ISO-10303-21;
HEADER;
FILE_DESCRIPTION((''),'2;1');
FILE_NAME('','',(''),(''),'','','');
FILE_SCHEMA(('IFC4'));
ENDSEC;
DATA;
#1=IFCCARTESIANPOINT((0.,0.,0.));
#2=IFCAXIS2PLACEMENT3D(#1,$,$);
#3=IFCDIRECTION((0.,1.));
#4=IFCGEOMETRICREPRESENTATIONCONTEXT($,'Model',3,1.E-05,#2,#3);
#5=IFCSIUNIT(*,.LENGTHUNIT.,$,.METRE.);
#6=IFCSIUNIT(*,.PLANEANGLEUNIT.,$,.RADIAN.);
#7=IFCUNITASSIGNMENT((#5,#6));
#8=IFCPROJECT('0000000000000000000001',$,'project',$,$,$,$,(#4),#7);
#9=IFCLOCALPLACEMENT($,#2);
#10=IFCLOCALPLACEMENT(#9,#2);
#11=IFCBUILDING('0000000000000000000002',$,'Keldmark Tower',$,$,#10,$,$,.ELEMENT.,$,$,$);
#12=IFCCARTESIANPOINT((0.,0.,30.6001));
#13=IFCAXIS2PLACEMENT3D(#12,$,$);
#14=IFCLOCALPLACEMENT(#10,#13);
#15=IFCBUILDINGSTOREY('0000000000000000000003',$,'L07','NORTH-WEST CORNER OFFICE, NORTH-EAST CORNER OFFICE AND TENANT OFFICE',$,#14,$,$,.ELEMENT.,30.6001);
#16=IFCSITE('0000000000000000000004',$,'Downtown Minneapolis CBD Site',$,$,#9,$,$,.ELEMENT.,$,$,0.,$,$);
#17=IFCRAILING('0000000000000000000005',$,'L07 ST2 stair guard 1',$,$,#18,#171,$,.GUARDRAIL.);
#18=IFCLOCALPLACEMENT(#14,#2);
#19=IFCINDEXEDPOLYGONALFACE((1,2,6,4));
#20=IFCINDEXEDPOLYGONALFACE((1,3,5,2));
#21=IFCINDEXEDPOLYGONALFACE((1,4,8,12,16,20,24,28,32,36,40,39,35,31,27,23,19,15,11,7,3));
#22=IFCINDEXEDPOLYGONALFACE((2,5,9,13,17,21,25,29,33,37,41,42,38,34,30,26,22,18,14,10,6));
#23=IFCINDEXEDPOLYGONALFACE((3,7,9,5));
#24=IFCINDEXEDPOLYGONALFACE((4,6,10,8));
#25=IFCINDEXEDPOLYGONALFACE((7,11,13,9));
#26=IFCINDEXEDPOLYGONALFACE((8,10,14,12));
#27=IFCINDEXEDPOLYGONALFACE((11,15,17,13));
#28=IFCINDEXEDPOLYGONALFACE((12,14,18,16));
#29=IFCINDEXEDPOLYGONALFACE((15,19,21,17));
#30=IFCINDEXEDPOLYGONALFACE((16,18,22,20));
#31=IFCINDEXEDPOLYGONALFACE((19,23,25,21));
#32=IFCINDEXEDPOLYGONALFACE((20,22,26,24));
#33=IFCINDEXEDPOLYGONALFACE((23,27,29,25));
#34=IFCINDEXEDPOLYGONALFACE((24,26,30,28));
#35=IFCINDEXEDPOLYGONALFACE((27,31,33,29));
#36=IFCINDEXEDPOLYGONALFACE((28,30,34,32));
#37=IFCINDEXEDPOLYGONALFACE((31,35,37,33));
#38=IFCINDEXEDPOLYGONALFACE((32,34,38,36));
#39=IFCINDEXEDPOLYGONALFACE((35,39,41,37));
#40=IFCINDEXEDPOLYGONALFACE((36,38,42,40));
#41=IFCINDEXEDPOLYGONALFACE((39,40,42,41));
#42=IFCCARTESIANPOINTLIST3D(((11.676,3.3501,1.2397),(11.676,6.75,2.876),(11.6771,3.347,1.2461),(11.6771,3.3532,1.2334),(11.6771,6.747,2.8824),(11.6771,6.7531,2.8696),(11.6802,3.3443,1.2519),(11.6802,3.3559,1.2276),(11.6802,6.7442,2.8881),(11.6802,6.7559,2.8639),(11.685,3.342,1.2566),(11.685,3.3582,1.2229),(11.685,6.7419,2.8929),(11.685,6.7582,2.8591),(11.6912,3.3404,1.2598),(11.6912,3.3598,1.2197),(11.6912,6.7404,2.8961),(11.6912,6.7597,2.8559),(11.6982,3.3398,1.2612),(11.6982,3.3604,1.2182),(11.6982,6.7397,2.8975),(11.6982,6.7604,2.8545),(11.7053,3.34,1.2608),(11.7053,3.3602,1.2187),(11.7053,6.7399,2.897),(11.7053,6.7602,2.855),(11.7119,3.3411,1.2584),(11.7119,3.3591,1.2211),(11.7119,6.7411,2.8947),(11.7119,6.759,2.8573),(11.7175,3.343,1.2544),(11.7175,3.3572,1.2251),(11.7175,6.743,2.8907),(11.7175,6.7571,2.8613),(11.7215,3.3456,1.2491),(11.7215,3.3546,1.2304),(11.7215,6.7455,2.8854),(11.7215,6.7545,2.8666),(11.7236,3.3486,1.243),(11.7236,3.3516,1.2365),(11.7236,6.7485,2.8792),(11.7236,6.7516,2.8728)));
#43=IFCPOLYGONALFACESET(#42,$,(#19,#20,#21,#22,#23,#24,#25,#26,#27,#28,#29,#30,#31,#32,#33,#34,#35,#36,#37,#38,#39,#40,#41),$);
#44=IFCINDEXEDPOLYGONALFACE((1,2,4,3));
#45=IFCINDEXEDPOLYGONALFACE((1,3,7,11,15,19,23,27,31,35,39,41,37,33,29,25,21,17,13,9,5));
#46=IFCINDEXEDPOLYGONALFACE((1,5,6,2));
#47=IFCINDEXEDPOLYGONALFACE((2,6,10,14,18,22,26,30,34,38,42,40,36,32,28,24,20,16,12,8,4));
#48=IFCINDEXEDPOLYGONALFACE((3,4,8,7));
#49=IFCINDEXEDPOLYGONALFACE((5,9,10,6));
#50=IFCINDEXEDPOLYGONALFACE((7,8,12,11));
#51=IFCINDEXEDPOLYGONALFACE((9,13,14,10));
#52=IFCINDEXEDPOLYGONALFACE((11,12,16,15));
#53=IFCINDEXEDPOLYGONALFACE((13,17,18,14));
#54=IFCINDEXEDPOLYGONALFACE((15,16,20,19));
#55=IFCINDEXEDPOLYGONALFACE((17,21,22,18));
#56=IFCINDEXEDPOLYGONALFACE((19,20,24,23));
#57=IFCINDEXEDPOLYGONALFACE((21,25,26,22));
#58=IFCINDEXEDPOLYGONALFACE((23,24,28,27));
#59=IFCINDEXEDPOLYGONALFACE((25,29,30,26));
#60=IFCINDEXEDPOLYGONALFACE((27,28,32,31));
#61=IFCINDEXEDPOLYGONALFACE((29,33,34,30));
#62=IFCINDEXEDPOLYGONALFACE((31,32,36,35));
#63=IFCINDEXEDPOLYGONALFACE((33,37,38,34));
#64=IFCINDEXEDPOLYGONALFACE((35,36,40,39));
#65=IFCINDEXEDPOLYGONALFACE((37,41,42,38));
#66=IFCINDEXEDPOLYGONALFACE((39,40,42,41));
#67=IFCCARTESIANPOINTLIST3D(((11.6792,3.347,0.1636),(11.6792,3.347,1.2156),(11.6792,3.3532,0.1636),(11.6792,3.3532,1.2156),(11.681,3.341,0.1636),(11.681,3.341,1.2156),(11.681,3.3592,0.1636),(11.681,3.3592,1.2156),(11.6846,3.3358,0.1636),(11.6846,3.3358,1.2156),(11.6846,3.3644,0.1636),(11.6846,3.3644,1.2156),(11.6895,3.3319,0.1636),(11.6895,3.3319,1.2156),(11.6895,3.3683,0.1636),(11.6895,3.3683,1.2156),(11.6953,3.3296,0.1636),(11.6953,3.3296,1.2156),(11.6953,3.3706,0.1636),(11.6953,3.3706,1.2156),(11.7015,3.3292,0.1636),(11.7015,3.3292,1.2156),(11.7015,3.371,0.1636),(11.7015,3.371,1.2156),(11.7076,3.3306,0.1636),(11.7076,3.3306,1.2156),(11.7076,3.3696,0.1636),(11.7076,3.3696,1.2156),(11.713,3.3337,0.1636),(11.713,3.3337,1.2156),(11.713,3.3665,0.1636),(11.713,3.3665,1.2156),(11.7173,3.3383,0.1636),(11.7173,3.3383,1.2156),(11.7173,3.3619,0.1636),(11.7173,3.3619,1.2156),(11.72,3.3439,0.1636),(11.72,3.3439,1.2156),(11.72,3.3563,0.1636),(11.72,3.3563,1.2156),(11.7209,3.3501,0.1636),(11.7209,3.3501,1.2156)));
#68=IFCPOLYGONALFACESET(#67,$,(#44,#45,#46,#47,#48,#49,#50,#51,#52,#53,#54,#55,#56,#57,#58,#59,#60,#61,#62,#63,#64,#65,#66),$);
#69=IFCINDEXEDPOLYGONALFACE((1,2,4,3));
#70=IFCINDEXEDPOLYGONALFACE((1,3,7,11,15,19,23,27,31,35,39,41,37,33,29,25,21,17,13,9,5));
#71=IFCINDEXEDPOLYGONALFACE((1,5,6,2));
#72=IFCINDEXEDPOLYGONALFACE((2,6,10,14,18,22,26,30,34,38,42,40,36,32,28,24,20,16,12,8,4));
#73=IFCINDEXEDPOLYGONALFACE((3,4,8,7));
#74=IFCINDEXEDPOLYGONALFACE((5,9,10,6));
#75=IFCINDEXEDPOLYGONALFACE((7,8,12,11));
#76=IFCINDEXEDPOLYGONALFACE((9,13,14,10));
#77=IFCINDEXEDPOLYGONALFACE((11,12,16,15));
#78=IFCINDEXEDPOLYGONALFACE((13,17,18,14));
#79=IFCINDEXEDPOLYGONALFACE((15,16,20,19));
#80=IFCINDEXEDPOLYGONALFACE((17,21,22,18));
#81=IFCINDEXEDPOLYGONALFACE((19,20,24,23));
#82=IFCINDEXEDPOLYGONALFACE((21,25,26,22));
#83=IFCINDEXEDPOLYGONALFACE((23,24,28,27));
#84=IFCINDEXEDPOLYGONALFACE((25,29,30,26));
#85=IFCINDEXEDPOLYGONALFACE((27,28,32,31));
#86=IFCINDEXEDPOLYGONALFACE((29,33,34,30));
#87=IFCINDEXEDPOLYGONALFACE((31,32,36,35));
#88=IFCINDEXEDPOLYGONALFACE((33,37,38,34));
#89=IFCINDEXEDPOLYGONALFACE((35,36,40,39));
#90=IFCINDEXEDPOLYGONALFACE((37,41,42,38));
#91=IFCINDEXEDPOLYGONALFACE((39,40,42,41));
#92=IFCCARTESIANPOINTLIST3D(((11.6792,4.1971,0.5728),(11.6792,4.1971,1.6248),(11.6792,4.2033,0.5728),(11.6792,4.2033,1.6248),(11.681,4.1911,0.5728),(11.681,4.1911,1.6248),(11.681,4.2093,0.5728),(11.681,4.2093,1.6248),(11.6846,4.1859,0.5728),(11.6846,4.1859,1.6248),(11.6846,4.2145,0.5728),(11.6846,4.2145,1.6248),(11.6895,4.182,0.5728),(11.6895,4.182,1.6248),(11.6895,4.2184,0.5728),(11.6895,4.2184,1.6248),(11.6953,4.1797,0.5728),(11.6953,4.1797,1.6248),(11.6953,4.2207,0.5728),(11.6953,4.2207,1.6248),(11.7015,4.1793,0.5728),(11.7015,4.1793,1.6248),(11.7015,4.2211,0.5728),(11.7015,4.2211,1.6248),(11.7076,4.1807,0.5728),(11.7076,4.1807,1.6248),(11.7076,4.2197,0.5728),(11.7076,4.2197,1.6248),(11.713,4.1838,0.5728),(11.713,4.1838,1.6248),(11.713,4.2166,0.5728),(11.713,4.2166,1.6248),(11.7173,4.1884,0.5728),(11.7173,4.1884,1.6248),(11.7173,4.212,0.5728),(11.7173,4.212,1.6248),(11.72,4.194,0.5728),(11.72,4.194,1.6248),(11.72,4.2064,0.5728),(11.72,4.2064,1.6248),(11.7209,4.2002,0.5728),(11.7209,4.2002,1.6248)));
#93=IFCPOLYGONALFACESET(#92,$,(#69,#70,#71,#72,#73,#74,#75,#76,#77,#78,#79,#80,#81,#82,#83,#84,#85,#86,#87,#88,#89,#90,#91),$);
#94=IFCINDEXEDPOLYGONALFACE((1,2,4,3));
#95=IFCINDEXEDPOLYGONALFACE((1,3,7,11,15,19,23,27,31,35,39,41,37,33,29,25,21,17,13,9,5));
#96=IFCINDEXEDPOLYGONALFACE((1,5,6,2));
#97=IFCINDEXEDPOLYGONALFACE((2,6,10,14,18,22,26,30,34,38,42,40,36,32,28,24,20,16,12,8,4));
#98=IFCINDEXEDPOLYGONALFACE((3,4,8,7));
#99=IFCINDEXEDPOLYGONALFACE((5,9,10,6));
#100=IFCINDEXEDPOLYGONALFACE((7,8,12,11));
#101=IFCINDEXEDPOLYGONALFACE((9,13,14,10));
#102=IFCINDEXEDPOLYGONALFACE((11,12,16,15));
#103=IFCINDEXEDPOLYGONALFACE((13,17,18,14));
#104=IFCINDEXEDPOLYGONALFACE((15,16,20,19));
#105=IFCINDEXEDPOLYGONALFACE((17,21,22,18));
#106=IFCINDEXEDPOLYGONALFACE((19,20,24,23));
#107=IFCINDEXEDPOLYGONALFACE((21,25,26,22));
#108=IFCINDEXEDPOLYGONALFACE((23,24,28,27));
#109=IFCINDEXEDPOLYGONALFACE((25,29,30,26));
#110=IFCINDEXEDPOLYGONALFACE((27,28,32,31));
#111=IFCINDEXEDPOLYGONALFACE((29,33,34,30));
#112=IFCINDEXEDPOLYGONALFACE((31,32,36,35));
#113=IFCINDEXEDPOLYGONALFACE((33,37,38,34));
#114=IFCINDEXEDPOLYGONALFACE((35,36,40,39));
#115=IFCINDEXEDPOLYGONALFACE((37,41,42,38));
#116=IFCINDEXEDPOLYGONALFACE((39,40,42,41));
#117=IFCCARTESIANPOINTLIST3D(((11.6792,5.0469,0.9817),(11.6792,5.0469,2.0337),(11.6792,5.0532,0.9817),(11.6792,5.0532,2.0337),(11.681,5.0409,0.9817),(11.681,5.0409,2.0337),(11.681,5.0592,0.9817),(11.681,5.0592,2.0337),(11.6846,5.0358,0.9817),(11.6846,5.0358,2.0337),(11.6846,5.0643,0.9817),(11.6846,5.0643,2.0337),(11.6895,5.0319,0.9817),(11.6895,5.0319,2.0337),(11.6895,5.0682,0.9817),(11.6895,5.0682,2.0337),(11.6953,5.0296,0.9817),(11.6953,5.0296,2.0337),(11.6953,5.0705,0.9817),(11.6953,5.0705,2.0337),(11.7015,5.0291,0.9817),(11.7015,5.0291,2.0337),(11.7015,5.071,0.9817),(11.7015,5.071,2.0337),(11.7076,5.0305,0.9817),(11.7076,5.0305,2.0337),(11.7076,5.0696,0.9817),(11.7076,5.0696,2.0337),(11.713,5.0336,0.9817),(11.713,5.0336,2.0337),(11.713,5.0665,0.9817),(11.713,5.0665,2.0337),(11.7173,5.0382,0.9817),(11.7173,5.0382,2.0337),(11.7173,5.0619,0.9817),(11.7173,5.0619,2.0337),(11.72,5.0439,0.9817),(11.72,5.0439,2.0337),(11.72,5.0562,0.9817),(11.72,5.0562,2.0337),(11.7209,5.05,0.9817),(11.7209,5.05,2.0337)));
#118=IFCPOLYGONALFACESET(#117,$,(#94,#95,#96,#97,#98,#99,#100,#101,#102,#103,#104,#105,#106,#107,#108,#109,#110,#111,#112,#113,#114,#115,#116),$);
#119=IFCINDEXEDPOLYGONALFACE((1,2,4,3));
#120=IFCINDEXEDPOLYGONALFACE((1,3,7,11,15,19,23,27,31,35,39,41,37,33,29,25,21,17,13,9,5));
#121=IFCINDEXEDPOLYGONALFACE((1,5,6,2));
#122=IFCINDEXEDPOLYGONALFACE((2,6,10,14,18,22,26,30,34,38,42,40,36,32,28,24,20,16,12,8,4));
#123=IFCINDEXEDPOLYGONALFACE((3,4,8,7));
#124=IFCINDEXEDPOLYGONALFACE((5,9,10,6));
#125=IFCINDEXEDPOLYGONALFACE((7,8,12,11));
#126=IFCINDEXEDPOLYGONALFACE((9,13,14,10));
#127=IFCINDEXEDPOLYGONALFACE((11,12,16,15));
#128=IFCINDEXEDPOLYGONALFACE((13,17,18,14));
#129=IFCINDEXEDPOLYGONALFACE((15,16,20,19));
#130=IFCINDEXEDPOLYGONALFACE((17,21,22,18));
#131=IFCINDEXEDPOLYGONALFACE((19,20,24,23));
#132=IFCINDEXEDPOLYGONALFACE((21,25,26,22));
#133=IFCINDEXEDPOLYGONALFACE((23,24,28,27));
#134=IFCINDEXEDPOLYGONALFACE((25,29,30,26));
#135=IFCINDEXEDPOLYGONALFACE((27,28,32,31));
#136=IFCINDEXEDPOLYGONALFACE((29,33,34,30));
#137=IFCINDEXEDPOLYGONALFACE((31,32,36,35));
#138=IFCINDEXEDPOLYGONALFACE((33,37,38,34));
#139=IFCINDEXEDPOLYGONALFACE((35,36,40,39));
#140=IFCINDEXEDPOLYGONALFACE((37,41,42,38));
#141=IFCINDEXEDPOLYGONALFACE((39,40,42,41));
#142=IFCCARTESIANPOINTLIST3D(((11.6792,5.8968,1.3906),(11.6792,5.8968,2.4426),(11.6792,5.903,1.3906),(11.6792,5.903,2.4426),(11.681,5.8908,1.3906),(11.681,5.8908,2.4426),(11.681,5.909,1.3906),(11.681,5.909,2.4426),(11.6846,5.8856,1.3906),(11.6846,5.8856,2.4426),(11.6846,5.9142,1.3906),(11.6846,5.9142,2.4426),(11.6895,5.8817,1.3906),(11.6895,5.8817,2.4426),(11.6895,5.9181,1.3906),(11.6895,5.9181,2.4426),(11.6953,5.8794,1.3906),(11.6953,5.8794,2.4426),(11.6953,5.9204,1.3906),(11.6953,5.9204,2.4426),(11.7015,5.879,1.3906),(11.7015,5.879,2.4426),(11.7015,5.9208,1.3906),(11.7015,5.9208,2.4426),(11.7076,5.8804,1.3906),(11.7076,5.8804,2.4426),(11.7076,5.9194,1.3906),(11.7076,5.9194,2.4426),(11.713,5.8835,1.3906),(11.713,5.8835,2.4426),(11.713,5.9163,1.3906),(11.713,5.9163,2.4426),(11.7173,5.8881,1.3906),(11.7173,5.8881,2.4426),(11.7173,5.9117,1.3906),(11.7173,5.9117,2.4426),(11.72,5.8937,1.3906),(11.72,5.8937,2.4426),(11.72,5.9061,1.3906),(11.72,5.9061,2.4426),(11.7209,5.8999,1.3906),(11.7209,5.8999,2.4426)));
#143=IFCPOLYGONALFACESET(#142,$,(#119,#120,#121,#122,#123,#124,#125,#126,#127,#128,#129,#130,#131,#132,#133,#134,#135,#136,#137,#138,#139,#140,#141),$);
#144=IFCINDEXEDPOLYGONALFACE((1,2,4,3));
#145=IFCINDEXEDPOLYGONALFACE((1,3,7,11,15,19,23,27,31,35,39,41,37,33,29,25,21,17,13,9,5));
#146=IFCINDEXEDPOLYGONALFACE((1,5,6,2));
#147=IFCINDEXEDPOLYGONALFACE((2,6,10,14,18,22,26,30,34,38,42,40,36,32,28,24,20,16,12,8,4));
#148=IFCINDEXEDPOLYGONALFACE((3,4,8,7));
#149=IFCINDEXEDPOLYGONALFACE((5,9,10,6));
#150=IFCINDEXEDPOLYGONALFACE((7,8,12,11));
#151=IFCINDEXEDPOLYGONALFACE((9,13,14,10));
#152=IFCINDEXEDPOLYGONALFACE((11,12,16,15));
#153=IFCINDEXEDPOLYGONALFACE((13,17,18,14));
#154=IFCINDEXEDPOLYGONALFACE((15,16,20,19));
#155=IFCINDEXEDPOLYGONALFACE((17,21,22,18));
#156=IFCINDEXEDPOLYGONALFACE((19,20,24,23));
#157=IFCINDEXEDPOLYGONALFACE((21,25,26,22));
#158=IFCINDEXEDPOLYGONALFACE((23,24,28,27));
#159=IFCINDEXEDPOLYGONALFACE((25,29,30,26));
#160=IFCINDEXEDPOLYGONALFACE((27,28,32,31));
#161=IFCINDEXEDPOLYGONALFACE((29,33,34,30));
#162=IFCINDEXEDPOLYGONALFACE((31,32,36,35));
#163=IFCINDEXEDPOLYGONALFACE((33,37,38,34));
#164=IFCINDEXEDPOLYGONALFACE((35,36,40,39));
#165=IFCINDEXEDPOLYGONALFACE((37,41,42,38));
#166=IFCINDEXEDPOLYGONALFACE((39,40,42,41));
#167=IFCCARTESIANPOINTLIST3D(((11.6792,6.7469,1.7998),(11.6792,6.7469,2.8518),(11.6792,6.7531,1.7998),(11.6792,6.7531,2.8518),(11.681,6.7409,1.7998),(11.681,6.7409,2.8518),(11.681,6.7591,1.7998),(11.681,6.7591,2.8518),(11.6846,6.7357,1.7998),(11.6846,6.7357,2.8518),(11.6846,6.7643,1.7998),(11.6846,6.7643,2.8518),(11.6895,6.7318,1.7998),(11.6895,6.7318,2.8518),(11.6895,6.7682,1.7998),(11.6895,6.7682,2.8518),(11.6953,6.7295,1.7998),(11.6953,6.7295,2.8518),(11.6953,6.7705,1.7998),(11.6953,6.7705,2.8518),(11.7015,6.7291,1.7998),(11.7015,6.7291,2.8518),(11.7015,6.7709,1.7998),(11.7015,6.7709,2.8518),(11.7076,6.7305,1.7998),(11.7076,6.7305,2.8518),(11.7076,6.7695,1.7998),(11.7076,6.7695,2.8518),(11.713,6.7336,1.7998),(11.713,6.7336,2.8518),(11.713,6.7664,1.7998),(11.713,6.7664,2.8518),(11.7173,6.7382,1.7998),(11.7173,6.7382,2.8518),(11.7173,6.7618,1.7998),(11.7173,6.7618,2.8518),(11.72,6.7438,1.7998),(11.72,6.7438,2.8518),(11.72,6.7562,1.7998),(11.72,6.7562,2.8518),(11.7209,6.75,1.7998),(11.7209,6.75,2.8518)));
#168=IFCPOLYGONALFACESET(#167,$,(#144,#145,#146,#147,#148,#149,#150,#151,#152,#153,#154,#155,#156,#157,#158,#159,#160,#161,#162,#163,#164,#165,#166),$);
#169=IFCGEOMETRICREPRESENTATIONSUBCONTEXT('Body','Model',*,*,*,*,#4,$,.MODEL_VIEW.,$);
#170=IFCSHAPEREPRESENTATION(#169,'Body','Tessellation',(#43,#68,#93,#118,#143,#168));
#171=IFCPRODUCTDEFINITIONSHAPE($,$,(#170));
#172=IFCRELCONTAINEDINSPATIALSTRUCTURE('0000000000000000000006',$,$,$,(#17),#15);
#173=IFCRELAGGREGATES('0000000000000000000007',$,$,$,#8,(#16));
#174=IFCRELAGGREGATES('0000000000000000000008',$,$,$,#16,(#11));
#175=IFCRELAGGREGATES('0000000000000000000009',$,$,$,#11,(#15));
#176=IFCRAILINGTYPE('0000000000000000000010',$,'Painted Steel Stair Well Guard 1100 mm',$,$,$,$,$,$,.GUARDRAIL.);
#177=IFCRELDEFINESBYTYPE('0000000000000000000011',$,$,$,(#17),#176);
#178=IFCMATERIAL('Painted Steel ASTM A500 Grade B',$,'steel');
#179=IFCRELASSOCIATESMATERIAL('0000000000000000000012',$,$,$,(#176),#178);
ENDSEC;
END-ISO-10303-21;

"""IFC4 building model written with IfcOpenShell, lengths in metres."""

from ifc_helpers import new_model, si_unit, direction, frame, origin, origin_2d, place, context, subcontext, project, spatial, circle, extrude, material, type_object, element, save


model = new_model("IFC4")

# Units and contexts
model_context = context("Model", 3, precision=1e-05, world=origin(), true_north=direction((0.0, 1.0)))
body_context = subcontext(model_context, "Body", "Model", "MODEL_VIEW")
ifc_project = project(units=[si_unit("LENGTHUNIT", "METRE"), si_unit("PLANEANGLEUNIT", "RADIAN")], contexts=[model_context])

# Site, building, storey
site_placement = place(None, origin())
site = spatial("IfcSite", under=ifc_project, at=site_placement, Name="Downtown Minneapolis CBD Site", CompositionType="ELEMENT", RefElevation=0.0)
building_placement = place(site_placement, origin())
building = spatial("IfcBuilding", under=site, at=building_placement, Name="Keldmark Tower", CompositionType="ELEMENT")
storey_placement = place(building_placement, frame((0.0, 0.0, 30.6001)))
storey = spatial("IfcBuildingStorey", under=building, at=storey_placement, Name="L07", Description="NORTH-WEST CORNER OFFICE, NORTH-EAST CORNER OFFICE AND TENANT OFFICE", CompositionType="ELEMENT", Elevation=30.6001)

# Railing
ifc_material_1 = material(Name="Painted Steel ASTM A500 Grade B", Category="steel")
railing_type_1 = type_object("IfcRailingType", Name="Painted Steel Stair Well Guard 1100 mm", PredefinedType="GUARDRAIL", material=ifc_material_1)
railing_1_placement = place(storey_placement, frame((11.7, 3.3501, 0.1636)))
element("IfcRailing", 1, at=railing_1_placement, inside=storey, type_object=railing_type_1, Name="L07 ST2 stair guard 1", PredefinedType="GUARDRAIL", context=body_context, shape_type="SweptSolid", body=[
    extrude(circle(Radius=0.0239, at=origin_2d()), frame((0.0, 0.0, 1.0762), z_axis=(0.0, 0.90108, 0.433652), x_axis=(-1.0, 0.0, 0.0)), (0.0, 0.0, 1.0), 3.7732),
    extrude(circle(Radius=0.021, at=origin_2d()), origin(), (0.0, 0.0, 1.0), 1.052),
    extrude(circle(Radius=0.021, at=origin_2d()), frame((0.0, 0.8501, 0.4092)), (0.0, 0.0, 1.0), 1.052),
    extrude(circle(Radius=0.021, at=origin_2d()), frame((0.0, 1.7, 0.8181)), (0.0, 0.0, 1.0), 1.052),
    extrude(circle(Radius=0.021, at=origin_2d()), frame((0.0, 2.5498, 1.2271)), (0.0, 0.0, 1.0), 1.052),
    extrude(circle(Radius=0.021, at=origin_2d()), frame((0.0, 3.3999, 1.6362)), (0.0, 0.0, 1.0), 1.052),
])

save(model, "model.ifc")
